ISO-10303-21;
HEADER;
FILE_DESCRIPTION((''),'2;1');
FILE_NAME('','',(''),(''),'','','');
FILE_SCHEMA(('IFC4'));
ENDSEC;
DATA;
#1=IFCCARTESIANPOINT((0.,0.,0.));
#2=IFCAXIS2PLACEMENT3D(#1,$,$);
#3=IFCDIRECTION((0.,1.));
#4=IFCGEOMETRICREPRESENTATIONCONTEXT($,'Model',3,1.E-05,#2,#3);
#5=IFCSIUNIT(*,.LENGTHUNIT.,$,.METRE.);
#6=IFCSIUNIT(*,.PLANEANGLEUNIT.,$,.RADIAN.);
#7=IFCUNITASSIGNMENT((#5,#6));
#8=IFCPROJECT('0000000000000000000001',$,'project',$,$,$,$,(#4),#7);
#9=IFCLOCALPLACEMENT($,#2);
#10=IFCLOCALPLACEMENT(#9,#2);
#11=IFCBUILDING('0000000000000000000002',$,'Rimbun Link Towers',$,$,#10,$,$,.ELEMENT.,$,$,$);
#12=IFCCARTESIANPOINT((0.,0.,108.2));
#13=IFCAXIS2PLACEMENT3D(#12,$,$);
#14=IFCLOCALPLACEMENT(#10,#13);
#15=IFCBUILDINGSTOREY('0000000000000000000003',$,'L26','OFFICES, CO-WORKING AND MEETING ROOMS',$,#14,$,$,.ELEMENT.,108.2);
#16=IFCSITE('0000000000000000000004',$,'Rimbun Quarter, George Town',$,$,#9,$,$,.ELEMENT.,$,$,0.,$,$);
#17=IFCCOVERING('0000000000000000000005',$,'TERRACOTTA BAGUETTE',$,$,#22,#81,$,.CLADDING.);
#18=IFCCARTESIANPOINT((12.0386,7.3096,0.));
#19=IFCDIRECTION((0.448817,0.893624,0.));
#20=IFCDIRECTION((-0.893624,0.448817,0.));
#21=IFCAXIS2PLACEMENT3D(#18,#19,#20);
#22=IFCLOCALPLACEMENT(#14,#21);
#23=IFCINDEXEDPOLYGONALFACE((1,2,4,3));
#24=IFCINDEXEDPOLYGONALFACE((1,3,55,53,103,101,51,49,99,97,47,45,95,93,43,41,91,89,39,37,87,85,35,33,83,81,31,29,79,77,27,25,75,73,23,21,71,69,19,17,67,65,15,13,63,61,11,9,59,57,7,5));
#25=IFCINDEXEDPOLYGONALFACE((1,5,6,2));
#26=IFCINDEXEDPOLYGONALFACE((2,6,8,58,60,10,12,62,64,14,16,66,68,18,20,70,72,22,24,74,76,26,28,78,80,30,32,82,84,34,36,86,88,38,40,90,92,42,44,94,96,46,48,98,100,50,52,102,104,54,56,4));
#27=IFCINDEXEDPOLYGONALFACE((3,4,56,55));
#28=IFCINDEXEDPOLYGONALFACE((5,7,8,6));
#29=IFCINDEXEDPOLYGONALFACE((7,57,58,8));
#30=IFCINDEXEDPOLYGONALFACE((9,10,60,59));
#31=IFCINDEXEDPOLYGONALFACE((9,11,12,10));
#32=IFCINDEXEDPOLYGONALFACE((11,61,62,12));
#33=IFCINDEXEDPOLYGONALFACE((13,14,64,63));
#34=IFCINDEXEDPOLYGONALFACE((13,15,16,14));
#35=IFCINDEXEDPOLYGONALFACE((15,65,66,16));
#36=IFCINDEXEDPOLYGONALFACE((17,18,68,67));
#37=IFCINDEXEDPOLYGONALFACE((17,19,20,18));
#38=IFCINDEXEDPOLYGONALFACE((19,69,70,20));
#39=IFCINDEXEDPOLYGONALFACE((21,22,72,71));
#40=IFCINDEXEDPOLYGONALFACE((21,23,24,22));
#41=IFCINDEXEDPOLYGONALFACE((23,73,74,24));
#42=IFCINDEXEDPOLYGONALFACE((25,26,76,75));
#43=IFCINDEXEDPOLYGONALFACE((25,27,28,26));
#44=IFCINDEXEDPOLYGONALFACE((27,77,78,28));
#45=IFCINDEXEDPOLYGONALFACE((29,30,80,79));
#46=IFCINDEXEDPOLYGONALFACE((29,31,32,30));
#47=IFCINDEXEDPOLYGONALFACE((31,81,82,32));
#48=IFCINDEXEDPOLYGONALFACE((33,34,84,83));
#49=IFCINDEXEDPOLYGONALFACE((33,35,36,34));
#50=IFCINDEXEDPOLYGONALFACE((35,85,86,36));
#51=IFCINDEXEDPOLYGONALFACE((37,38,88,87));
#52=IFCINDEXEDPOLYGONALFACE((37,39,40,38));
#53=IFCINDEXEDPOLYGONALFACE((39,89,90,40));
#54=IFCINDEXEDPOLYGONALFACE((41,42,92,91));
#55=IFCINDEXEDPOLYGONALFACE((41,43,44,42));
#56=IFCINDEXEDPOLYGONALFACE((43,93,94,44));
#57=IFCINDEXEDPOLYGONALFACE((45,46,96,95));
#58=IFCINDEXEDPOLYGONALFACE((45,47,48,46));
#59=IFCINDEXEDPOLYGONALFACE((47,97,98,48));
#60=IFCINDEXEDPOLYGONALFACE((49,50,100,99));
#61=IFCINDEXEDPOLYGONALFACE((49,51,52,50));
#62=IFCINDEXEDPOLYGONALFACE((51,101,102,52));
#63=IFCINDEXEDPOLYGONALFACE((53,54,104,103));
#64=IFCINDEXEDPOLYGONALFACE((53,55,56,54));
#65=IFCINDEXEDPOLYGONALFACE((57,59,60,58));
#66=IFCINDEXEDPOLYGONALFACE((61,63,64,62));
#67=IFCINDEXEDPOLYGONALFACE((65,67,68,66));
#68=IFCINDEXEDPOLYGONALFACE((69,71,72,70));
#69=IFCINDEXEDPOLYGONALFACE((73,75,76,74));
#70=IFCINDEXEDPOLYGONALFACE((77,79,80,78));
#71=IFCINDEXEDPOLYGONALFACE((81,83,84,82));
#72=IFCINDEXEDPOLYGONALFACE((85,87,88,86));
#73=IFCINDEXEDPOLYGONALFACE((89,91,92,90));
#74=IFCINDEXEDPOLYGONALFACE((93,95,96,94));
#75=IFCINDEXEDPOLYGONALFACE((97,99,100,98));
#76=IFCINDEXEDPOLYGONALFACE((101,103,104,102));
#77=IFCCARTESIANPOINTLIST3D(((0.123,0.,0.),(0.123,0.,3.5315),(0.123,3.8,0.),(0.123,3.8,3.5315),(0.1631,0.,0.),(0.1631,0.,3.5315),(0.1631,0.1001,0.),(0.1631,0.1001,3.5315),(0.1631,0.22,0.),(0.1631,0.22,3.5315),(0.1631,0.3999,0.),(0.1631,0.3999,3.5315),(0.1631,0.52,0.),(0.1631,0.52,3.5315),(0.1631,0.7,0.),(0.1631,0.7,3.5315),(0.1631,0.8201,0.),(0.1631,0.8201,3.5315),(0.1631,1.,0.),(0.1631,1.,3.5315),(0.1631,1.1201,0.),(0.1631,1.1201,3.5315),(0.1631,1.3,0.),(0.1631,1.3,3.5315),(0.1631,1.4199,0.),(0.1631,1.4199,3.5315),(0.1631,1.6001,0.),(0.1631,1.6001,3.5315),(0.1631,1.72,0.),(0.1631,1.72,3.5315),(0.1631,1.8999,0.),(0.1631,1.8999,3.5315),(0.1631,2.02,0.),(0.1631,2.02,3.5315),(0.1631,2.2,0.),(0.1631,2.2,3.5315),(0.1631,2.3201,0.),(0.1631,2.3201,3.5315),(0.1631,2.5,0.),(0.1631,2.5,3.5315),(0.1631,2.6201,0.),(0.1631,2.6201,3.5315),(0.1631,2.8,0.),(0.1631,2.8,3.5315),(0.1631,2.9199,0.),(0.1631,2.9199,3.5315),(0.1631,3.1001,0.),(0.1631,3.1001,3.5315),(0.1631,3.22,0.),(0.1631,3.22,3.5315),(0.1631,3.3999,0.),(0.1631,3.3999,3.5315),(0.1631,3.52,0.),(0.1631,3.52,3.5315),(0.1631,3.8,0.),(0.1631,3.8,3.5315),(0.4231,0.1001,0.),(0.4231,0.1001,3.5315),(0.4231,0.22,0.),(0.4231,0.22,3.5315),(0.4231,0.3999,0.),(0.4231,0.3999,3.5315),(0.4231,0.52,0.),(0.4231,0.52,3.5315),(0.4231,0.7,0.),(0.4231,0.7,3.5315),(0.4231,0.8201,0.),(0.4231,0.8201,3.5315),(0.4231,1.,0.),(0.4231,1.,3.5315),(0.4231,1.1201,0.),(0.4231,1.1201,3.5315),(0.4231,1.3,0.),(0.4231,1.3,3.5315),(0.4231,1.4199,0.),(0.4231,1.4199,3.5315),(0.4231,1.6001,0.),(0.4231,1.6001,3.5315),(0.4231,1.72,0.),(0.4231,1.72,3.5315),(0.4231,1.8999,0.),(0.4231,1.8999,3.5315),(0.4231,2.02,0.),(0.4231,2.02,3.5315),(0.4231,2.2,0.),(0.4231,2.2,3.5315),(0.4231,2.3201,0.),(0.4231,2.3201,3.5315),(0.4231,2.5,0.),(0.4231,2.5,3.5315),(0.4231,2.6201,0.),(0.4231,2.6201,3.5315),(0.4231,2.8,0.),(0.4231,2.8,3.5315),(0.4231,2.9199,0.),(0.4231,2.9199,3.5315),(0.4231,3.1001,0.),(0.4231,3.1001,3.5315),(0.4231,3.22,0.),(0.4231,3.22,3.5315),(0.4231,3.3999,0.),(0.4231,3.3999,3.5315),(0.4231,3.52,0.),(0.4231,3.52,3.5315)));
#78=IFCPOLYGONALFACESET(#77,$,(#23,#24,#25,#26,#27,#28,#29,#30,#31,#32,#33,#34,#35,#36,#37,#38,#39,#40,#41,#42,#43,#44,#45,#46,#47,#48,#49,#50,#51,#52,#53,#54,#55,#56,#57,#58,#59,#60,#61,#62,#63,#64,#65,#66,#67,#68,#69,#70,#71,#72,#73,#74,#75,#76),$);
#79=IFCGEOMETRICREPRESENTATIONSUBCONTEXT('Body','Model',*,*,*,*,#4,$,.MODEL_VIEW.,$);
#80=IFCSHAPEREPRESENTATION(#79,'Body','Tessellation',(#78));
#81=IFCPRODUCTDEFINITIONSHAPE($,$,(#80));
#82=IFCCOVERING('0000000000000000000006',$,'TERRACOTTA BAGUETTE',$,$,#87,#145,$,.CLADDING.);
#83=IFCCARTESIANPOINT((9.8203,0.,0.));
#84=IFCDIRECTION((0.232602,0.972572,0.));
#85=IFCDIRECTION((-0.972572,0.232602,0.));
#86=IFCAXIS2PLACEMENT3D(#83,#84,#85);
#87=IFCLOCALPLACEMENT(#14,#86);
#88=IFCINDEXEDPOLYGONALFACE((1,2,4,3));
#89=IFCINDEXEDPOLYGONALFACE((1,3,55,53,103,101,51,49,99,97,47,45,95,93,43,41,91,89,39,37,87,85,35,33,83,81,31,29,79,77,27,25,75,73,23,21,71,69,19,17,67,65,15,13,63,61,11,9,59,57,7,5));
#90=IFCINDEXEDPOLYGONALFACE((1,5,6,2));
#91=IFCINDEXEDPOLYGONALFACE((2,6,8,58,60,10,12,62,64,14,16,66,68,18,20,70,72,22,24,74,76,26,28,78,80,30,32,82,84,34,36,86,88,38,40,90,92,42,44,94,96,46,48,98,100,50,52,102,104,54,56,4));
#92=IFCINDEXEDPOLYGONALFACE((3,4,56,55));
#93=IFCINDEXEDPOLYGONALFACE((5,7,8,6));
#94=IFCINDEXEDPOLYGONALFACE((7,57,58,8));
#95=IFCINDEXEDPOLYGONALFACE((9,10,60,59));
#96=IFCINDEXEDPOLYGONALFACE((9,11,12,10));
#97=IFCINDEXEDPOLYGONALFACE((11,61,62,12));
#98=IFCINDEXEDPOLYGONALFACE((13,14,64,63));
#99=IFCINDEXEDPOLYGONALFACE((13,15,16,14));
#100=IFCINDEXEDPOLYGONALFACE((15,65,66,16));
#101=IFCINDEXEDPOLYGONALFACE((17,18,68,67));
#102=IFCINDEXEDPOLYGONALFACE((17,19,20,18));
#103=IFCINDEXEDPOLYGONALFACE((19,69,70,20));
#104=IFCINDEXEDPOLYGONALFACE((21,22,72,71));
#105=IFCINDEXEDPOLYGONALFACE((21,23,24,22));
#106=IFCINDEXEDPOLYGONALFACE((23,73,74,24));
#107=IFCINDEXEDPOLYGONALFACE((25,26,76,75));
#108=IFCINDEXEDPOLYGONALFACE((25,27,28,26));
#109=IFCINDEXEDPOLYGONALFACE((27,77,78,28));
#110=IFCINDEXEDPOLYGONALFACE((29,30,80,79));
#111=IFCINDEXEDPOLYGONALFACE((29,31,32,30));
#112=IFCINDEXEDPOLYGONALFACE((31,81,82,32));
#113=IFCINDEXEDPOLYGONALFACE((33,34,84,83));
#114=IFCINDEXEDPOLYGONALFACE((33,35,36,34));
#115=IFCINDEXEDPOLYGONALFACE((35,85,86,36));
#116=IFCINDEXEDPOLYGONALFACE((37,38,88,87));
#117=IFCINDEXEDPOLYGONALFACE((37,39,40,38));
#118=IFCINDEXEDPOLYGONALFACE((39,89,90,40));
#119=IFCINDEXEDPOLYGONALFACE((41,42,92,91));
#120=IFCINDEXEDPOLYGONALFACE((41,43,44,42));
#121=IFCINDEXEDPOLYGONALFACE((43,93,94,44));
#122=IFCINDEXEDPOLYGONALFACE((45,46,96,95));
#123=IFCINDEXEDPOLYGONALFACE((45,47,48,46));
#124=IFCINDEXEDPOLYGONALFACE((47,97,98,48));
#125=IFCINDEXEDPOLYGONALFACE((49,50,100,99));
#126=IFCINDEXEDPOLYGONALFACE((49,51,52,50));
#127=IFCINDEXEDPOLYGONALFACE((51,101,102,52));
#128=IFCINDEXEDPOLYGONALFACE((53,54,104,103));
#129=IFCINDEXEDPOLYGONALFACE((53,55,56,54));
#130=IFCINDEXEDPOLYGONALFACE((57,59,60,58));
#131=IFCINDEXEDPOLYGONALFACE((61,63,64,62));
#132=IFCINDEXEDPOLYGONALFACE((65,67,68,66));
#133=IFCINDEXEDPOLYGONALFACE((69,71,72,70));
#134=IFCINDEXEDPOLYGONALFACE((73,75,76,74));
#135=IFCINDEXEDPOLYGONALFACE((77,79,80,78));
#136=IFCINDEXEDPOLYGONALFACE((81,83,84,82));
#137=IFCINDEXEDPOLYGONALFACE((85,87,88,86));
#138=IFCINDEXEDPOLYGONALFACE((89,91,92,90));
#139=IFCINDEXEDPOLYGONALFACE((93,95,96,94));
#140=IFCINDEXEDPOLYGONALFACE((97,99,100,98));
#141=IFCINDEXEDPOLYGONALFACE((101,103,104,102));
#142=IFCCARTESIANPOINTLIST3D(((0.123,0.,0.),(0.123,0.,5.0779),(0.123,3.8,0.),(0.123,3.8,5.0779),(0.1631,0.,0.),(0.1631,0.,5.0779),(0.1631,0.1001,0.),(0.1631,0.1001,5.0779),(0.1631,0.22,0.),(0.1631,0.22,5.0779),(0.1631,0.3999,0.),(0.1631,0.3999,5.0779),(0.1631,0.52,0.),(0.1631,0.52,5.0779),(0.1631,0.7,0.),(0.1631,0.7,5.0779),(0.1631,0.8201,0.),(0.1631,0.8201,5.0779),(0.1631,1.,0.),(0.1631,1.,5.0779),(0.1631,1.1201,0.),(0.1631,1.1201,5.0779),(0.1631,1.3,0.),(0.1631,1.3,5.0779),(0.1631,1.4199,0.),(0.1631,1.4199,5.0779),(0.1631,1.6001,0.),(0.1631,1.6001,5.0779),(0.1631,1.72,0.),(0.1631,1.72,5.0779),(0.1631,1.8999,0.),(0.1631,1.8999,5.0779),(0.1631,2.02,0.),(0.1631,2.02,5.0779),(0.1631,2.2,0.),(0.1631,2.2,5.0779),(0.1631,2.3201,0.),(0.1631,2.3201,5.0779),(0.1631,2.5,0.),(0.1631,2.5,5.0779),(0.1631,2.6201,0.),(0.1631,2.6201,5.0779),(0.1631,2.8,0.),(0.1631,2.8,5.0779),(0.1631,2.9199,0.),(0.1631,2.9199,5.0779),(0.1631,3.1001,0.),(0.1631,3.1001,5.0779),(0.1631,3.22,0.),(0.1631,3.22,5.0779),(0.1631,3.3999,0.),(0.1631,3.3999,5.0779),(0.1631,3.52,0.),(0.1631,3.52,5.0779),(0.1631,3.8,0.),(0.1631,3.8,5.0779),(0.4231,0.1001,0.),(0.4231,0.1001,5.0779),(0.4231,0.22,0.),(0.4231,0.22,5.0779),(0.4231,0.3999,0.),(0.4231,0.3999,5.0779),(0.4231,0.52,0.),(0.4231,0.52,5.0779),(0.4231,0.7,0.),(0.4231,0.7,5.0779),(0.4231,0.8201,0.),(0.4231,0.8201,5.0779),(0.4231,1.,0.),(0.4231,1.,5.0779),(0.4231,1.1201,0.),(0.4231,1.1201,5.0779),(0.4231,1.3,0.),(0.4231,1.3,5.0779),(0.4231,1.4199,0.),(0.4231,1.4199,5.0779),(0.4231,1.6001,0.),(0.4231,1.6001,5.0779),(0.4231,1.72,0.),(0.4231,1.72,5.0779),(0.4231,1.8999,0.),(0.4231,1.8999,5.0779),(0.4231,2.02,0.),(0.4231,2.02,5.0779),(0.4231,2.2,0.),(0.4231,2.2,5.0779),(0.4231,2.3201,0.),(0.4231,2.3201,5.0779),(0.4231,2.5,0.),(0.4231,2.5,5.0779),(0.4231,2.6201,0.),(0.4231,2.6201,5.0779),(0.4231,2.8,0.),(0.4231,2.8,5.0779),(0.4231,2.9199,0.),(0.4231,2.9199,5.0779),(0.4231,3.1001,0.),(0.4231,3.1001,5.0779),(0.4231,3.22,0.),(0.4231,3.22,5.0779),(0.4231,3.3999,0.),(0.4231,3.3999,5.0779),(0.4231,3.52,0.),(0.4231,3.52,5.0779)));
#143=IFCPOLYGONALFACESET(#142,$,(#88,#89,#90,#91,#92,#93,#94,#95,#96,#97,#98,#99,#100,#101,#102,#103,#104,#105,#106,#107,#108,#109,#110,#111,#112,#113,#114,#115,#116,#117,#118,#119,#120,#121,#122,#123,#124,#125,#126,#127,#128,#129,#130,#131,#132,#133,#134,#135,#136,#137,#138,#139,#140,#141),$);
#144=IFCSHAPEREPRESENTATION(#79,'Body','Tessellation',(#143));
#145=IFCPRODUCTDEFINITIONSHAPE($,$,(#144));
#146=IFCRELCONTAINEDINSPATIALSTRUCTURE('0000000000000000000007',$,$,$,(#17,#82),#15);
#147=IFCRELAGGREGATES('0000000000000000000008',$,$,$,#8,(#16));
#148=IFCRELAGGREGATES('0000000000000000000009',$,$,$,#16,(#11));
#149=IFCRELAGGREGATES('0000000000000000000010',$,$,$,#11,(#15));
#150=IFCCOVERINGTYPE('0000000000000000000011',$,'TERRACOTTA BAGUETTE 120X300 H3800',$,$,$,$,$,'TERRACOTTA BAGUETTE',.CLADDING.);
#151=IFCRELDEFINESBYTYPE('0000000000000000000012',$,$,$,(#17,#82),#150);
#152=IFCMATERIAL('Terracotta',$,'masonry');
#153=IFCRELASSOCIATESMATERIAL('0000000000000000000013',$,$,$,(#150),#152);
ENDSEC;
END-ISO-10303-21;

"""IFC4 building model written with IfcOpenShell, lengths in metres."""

from ifc_helpers import new_model, si_unit, direction, frame, origin, place, context, subcontext, project, spatial, polyline, outline, extrude, material, material_profile, profile_set, type_object, element, save


model = new_model("IFC4")

# Units and contexts
model_context = context("Model", 3, precision=1e-05, world=origin(), true_north=direction((0.0, 1.0)))
body_context = subcontext(model_context, "Body", "Model", "MODEL_VIEW")
ifc_project = project(units=[si_unit("LENGTHUNIT", "METRE"), si_unit("PLANEANGLEUNIT", "RADIAN")], contexts=[model_context])

# Site, building, storey
site_placement = place(None, origin())
site = spatial("IfcSite", under=ifc_project, at=site_placement, Name="Rimbun Quarter, George Town", CompositionType="ELEMENT", RefElevation=0.0)
building_placement = place(site_placement, origin())
building = spatial("IfcBuilding", under=site, at=building_placement, Name="Rimbun Link Towers", CompositionType="ELEMENT")
storey_placement = place(building_placement, frame((0.0, 0.0, 108.2)))
storey = spatial("IfcBuildingStorey", under=building, at=storey_placement, Name="L26", Description="OFFICES, CO-WORKING AND MEETING ROOMS", CompositionType="ELEMENT", Elevation=108.2)

# Coverings
ifc_material_1 = material(Name="Terracotta", Category="masonry")
ifc_material_profile_1 = material_profile(ifc_material_1, outline(polyline([(0.123, 0.0), (0.1631, 0.0), (0.1631, 0.1001), (0.4231, 0.1001), (0.4231, 0.22), (0.1631, 0.22), (0.1631, 0.3999), (0.4231, 0.3999), (0.4231, 0.52), (0.1631, 0.52), (0.1631, 0.7), (0.4231, 0.7), (0.4231, 0.8201), (0.1631, 0.8201), (0.1631, 1.0), (0.4231, 1.0), (0.4231, 1.1201), (0.1631, 1.1201), (0.1631, 1.3), (0.4231, 1.3), (0.4231, 1.4199), (0.1631, 1.4199), (0.1631, 1.6001), (0.4231, 1.6001), (0.4231, 1.72), (0.1631, 1.72), (0.1631, 1.8999), (0.4231, 1.8999), (0.4231, 2.02), (0.1631, 2.02), (0.1631, 2.2), (0.4231, 2.2), (0.4231, 2.3201), (0.1631, 2.3201), (0.1631, 2.5), (0.4231, 2.5), (0.4231, 2.6201), (0.1631, 2.6201), (0.1631, 2.8), (0.4231, 2.8), (0.4231, 2.9199), (0.1631, 2.9199), (0.1631, 3.1001), (0.4231, 3.1001), (0.4231, 3.22), (0.1631, 3.22), (0.1631, 3.3999), (0.4231, 3.3999), (0.4231, 3.52), (0.1631, 3.52), (0.1631, 3.8), (0.123, 3.8), (0.123, 0.0)])), Name="BAGUETTE 120X300")
ifc_profile_set_1 = profile_set([ifc_material_profile_1], Name="Terracotta")
covering_type_1 = type_object("IfcCoveringType", Name="TERRACOTTA BAGUETTE 120X300 H3800", ElementType="TERRACOTTA BAGUETTE", PredefinedType="CLADDING", material=ifc_profile_set_1)
covering_1_placement = place(storey_placement, frame((12.0386, 7.3096, 0.0), z_axis=(0.448817, 0.893624, 0.0), x_axis=(-0.893624, 0.448817, 0.0)))
element("IfcCovering", 1, at=covering_1_placement, inside=storey, type_object=covering_type_1, Name="TERRACOTTA BAGUETTE", PredefinedType="CLADDING", context=body_context, shape_type="SweptSolid", body=[
    extrude(outline(polyline([(0.123, 0.0), (0.1631, 0.0), (0.1631, 0.1001), (0.4231, 0.1001), (0.4231, 0.22), (0.1631, 0.22), (0.1631, 0.3999), (0.4231, 0.3999), (0.4231, 0.52), (0.1631, 0.52), (0.1631, 0.7), (0.4231, 0.7), (0.4231, 0.8201), (0.1631, 0.8201), (0.1631, 1.0), (0.4231, 1.0), (0.4231, 1.1201), (0.1631, 1.1201), (0.1631, 1.3), (0.4231, 1.3), (0.4231, 1.4199), (0.1631, 1.4199), (0.1631, 1.6001), (0.4231, 1.6001), (0.4231, 1.72), (0.1631, 1.72), (0.1631, 1.8999), (0.4231, 1.8999), (0.4231, 2.02), (0.1631, 2.02), (0.1631, 2.2), (0.4231, 2.2), (0.4231, 2.3201), (0.1631, 2.3201), (0.1631, 2.5), (0.4231, 2.5), (0.4231, 2.6201), (0.1631, 2.6201), (0.1631, 2.8), (0.4231, 2.8), (0.4231, 2.9199), (0.1631, 2.9199), (0.1631, 3.1001), (0.4231, 3.1001), (0.4231, 3.22), (0.1631, 3.22), (0.1631, 3.3999), (0.4231, 3.3999), (0.4231, 3.52), (0.1631, 3.52), (0.1631, 3.8), (0.123, 3.8), (0.123, 0.0)])), origin(), (0.0, 0.0, 1.0), 3.5315),
])
covering_2_placement = place(storey_placement, frame((9.8203, 0.0, 0.0), z_axis=(0.232602, 0.972572, 0.0), x_axis=(-0.972572, 0.232602, 0.0)))
element("IfcCovering", 2, at=covering_2_placement, inside=storey, type_object=covering_type_1, Name="TERRACOTTA BAGUETTE", PredefinedType="CLADDING", context=body_context, shape_type="SweptSolid", body=[
    extrude(outline(polyline([(0.123, 0.0), (0.1631, 0.0), (0.1631, 0.1001), (0.4231, 0.1001), (0.4231, 0.22), (0.1631, 0.22), (0.1631, 0.3999), (0.4231, 0.3999), (0.4231, 0.52), (0.1631, 0.52), (0.1631, 0.7), (0.4231, 0.7), (0.4231, 0.8201), (0.1631, 0.8201), (0.1631, 1.0), (0.4231, 1.0), (0.4231, 1.1201), (0.1631, 1.1201), (0.1631, 1.3), (0.4231, 1.3), (0.4231, 1.4199), (0.1631, 1.4199), (0.1631, 1.6001), (0.4231, 1.6001), (0.4231, 1.72), (0.1631, 1.72), (0.1631, 1.8999), (0.4231, 1.8999), (0.4231, 2.02), (0.1631, 2.02), (0.1631, 2.2), (0.4231, 2.2), (0.4231, 2.3201), (0.1631, 2.3201), (0.1631, 2.5), (0.4231, 2.5), (0.4231, 2.6201), (0.1631, 2.6201), (0.1631, 2.8), (0.4231, 2.8), (0.4231, 2.9199), (0.1631, 2.9199), (0.1631, 3.1001), (0.4231, 3.1001), (0.4231, 3.22), (0.1631, 3.22), (0.1631, 3.3999), (0.4231, 3.3999), (0.4231, 3.52), (0.1631, 3.52), (0.1631, 3.8), (0.123, 3.8), (0.123, 0.0)])), origin(), (0.0, 0.0, 1.0), 5.0779),
])

save(model, "model.ifc")
